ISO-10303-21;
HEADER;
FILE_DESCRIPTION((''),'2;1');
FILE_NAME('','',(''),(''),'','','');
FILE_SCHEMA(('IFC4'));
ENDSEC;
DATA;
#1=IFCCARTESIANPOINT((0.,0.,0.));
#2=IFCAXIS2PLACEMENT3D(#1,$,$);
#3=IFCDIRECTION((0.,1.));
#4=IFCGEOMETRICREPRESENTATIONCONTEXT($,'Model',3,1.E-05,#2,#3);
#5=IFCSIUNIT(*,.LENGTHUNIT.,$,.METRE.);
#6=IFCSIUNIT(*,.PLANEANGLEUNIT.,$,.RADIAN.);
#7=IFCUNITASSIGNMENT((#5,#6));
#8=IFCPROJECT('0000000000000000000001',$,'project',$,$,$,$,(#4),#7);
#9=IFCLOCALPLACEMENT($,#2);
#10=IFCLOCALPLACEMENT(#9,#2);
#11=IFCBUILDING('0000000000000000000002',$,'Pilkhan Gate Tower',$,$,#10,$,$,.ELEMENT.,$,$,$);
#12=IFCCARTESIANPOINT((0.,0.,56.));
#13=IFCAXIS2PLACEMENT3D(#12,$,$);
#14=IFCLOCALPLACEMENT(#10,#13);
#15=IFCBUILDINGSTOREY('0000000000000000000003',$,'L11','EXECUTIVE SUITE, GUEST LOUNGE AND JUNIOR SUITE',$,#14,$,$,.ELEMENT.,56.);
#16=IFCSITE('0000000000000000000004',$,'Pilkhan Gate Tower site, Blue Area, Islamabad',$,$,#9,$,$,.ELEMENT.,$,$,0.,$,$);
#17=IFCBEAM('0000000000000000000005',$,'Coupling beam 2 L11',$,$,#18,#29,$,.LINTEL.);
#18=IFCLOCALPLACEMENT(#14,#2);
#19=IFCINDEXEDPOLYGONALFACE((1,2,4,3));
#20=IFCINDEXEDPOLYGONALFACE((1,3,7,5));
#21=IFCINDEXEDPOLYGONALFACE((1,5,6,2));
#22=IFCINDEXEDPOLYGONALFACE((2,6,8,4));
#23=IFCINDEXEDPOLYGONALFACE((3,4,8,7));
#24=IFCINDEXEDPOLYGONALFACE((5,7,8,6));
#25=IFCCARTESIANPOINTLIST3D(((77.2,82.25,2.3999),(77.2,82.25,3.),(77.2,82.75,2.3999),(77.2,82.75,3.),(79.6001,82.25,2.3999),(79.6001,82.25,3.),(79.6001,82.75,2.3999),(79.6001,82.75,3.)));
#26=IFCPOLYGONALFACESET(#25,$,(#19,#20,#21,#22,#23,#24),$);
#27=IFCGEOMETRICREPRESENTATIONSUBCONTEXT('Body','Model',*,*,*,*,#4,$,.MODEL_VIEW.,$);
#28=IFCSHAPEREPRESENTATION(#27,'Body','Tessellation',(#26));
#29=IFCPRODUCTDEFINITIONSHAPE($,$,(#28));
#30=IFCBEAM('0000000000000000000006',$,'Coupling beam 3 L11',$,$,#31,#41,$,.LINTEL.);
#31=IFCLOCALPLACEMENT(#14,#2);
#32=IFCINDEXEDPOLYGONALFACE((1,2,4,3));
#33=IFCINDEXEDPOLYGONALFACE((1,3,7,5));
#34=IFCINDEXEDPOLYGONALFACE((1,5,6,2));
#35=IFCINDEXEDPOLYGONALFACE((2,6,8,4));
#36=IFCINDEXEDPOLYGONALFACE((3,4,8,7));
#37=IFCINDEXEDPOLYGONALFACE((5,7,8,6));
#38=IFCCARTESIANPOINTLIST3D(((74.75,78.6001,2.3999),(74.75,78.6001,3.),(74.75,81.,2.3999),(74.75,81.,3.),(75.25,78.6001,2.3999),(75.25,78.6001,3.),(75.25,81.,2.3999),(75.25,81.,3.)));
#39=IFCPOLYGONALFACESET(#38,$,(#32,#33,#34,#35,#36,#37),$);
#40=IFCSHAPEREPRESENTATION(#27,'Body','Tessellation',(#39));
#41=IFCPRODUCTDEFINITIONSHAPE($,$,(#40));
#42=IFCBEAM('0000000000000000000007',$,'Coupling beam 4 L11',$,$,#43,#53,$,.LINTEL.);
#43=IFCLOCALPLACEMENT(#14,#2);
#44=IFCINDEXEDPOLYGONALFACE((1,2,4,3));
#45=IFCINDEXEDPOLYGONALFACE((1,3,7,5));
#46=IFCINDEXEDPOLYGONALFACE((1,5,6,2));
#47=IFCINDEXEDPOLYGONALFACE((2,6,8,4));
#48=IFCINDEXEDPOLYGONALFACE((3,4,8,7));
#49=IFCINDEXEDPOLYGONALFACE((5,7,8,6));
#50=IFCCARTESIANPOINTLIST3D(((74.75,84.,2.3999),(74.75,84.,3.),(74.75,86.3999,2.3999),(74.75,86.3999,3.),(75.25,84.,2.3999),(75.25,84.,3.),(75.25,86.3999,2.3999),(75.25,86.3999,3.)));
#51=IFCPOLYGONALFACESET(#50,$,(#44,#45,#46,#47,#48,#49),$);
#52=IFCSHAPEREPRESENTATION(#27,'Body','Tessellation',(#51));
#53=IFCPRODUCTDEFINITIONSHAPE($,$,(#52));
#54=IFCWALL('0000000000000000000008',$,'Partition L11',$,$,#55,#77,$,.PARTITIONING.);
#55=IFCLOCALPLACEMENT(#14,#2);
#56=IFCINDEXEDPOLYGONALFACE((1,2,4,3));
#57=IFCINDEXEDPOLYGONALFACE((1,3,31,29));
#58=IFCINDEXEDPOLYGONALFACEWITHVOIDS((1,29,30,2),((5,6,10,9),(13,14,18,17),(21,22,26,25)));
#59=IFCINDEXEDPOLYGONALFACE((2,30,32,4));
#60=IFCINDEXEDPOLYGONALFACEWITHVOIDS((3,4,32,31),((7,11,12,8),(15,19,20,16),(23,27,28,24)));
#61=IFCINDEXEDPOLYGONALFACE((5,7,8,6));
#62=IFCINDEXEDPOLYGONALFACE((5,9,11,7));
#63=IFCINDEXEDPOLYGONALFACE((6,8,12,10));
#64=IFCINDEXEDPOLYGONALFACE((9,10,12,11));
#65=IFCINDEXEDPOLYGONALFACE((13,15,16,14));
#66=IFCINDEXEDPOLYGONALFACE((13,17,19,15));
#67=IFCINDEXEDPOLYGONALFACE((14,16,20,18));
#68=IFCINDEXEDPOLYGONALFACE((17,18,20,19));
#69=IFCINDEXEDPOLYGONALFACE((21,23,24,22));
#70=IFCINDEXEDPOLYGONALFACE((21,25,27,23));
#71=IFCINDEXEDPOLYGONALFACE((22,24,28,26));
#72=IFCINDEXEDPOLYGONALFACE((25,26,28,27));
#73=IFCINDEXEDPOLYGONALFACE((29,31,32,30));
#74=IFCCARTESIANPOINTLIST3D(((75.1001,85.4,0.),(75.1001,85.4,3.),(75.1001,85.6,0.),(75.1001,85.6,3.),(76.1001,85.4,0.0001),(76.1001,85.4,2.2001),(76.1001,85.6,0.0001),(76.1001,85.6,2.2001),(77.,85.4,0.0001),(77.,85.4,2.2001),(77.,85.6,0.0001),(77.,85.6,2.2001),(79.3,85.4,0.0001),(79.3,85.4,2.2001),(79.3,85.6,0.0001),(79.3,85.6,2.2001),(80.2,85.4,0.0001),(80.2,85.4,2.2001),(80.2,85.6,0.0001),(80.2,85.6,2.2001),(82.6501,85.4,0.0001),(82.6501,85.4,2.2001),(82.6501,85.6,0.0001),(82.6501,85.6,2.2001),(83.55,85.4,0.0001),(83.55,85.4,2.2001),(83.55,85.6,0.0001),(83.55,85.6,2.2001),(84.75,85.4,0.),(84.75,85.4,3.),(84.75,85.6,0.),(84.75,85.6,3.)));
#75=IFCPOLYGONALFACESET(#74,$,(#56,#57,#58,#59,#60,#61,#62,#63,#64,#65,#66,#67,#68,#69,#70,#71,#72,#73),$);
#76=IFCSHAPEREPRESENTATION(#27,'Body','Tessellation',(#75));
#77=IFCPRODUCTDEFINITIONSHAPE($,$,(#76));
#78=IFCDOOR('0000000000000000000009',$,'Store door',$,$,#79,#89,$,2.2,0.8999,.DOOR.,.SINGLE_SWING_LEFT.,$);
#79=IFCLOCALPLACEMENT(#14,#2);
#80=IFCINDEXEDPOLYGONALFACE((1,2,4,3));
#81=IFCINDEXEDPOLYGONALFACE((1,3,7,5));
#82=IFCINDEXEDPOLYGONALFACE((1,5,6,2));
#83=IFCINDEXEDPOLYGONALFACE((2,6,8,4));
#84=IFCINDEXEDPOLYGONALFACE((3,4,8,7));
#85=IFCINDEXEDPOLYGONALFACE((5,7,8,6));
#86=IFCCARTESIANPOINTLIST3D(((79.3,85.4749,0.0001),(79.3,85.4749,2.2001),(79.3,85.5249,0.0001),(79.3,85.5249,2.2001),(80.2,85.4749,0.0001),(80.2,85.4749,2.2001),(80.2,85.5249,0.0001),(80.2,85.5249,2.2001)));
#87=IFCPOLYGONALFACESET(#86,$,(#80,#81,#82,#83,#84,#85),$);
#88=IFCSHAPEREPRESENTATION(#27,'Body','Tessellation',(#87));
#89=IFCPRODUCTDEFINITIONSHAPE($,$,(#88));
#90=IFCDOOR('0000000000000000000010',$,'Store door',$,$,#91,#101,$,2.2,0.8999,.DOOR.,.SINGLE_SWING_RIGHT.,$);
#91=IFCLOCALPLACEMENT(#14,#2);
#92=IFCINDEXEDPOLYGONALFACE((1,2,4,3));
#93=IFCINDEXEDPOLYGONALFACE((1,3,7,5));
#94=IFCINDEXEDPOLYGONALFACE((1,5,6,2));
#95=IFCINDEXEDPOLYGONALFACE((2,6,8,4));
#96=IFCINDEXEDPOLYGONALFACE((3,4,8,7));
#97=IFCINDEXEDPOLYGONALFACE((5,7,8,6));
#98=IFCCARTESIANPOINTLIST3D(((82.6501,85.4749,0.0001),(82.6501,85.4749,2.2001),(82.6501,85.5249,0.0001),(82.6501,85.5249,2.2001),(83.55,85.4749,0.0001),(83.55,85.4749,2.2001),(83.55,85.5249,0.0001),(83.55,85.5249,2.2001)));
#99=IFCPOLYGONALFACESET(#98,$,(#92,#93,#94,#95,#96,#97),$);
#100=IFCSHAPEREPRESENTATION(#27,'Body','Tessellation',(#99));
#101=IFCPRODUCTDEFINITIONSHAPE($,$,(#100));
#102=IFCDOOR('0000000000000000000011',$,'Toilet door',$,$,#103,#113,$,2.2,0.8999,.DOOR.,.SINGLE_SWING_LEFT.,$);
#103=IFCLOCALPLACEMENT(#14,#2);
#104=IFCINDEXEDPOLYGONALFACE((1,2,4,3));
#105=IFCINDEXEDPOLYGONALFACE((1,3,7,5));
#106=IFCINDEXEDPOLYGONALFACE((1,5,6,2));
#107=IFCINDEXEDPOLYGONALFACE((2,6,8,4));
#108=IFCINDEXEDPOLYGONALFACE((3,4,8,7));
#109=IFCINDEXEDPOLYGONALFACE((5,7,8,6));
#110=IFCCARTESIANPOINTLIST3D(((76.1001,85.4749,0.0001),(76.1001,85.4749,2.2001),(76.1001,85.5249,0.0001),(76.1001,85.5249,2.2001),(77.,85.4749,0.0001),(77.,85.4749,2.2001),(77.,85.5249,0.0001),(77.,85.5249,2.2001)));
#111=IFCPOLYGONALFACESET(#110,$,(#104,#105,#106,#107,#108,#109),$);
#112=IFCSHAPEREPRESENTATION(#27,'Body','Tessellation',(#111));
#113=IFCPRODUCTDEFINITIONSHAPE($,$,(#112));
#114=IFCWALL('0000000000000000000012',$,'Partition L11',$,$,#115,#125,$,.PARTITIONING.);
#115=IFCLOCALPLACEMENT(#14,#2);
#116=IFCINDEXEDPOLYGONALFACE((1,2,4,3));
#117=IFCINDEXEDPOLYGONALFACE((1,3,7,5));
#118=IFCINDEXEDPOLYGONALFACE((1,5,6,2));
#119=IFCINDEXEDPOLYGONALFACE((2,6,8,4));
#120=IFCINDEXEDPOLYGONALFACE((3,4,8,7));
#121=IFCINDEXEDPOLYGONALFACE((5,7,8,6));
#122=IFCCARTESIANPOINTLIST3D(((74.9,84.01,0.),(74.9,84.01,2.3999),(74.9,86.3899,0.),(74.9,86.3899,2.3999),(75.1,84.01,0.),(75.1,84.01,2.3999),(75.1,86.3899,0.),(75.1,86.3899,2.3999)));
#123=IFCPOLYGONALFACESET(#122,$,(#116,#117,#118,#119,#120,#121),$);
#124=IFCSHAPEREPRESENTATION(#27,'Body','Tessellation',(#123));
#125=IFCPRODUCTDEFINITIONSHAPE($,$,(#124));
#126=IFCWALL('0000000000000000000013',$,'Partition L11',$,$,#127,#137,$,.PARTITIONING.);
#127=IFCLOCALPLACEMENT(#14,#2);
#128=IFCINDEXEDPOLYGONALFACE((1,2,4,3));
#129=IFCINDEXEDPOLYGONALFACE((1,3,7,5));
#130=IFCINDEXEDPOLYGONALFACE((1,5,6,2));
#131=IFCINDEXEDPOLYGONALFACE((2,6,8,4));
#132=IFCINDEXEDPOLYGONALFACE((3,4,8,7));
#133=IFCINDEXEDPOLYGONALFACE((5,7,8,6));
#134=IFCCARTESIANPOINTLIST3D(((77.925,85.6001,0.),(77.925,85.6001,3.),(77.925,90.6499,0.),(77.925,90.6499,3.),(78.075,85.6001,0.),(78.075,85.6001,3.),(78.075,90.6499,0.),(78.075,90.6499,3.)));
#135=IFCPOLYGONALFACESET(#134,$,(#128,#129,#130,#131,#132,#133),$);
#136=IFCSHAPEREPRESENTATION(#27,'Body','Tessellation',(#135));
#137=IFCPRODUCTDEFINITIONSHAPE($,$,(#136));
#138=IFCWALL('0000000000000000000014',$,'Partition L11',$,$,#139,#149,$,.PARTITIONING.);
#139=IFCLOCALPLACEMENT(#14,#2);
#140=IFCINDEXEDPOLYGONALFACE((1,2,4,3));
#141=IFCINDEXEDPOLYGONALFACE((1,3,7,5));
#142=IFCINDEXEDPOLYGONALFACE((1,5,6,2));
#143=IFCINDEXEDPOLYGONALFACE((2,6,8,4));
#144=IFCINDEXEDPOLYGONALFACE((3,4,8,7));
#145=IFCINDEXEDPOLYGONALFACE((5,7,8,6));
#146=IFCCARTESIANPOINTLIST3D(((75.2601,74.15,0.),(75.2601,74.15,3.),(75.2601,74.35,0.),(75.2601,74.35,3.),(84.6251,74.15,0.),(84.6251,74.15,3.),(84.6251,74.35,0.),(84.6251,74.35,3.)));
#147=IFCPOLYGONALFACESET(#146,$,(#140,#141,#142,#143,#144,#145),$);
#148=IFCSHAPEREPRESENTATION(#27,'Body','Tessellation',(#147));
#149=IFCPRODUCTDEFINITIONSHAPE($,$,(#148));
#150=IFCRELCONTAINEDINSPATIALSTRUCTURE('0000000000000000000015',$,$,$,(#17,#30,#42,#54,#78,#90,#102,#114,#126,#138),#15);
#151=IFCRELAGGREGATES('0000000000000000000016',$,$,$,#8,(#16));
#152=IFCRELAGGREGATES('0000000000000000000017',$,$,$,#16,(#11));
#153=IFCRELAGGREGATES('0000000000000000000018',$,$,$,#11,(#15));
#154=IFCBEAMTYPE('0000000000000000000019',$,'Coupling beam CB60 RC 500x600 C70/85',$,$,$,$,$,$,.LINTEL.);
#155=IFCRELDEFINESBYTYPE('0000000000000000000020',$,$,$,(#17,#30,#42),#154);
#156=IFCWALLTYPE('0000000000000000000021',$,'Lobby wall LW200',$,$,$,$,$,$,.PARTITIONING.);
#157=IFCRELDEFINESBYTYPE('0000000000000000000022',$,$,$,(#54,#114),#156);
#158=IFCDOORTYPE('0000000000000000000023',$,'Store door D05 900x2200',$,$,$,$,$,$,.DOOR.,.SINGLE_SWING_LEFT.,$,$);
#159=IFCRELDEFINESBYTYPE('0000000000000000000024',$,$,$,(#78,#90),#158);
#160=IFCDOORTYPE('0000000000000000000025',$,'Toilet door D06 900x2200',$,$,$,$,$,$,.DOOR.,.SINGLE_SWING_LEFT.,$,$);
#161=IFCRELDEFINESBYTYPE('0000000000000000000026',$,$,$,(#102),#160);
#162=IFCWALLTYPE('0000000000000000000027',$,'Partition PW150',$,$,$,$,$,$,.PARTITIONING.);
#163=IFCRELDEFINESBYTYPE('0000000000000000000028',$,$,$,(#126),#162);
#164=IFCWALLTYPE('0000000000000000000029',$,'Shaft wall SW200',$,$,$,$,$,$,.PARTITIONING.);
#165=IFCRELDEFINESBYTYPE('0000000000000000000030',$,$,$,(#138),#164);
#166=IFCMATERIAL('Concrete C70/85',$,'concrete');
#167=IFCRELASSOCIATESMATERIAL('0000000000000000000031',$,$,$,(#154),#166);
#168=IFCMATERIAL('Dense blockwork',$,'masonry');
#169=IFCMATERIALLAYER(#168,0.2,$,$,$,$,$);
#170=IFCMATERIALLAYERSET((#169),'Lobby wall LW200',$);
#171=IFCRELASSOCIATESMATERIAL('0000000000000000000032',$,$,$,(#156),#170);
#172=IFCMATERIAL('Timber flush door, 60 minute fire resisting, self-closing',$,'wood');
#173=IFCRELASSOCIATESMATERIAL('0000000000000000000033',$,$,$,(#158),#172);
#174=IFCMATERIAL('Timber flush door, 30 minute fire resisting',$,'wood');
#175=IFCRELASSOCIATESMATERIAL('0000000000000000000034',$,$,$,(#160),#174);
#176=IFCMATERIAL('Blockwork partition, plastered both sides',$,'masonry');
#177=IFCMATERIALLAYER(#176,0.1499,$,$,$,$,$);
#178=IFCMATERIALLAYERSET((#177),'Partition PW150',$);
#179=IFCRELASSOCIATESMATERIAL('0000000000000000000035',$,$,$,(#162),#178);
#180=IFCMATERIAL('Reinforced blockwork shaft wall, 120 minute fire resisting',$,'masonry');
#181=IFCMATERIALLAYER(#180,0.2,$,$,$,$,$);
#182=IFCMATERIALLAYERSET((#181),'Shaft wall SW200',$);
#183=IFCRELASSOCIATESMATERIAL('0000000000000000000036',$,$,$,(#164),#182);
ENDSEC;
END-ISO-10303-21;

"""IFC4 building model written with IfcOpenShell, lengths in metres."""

from ifc_helpers import new_model, si_unit, direction, frame, frame_2d, origin, origin_2d, place, context, subcontext, project, spatial, rectangle, extrude, material, layer, layer_set, material_profile, profile_set, type_object, element, fill, save


model = new_model("IFC4")

# Units and contexts
model_context = context("Model", 3, precision=1e-05, world=origin(), true_north=direction((0.0, 1.0)))
body_context = subcontext(model_context, "Body", "Model", "MODEL_VIEW")
ifc_project = project(units=[si_unit("LENGTHUNIT", "METRE"), si_unit("PLANEANGLEUNIT", "RADIAN")], contexts=[model_context])

# Site, building, storey
site_placement = place(None, origin())
site = spatial("IfcSite", under=ifc_project, at=site_placement, Name="Pilkhan Gate Tower site, Blue Area, Islamabad", CompositionType="ELEMENT", RefElevation=0.0)
building_placement = place(site_placement, origin())
building = spatial("IfcBuilding", under=site, at=building_placement, Name="Pilkhan Gate Tower", CompositionType="ELEMENT")
storey_placement = place(building_placement, frame((0.0, 0.0, 56.0)))
storey = spatial("IfcBuildingStorey", under=building, at=storey_placement, Name="L11", Description="EXECUTIVE SUITE, GUEST LOUNGE AND JUNIOR SUITE", CompositionType="ELEMENT", Elevation=56.0)

# Beams
ifc_material_1 = material(Name="Concrete C70/85", Category="concrete")
ifc_material_profile = material_profile(ifc_material_1, rectangle(XDim=0.5, YDim=0.6001, at=origin_2d()), Name="RC 500x600")
ifc_profile_set = profile_set([ifc_material_profile], Name="Concrete C70/85")
beam_type = type_object("IfcBeamType", Name="Coupling beam CB60 RC 500x600 C70/85", PredefinedType="LINTEL", material=ifc_profile_set)
beam_placement = place(storey_placement, frame((77.2, 82.5, 2.7), z_axis=(1.0, 0.0, 0.0), x_axis=(0.0, 1.0, 0.0)))
element("IfcBeam", 1, at=beam_placement, inside=storey, type_object=beam_type, Name="Coupling beam 2 L11", PredefinedType="LINTEL", context=body_context, shape_type="SweptSolid", body=[
    extrude(rectangle(XDim=0.5, YDim=0.6001, at=origin_2d()), origin(), (0.0, 0.0, 1.0), 2.4001),
])
for number, where, z_axis, x_axis, name in (
    (2, (75.0, 78.6001, 2.7), (0.0, 1.0, 0.0), (-1.0, 0.0, 0.0), "Coupling beam 3 L11"),
    (3, (75.0, 84.0, 2.7), (0.0, 1.0, 0.0), (-1.0, 0.0, 0.0), "Coupling beam 4 L11"),
):
    element("IfcBeam", number, at=place(storey_placement, frame(where, z_axis=z_axis, x_axis=x_axis)), inside=storey, type_object=beam_type, Name=name, PredefinedType="LINTEL", context=body_context, shape_type="SweptSolid", body=[
        extrude(rectangle(XDim=0.5, YDim=0.6001, at=origin_2d()), origin(), (0.0, 0.0, 1.0), 2.3999),
    ])

# Wall, openings, doors
ifc_material_2 = material(Name="Dense blockwork", Category="masonry")
ifc_layer_1 = layer(ifc_material_2, 0.2)
ifc_layer_set_1 = layer_set([ifc_layer_1], Name="Lobby wall LW200")
wall_type_1 = type_object("IfcWallType", Name="Lobby wall LW200", PredefinedType="PARTITIONING", material=ifc_layer_set_1)
wall_1_placement = place(storey_placement, frame((75.1001, 85.5, 0.0), z_axis=(0.0, 0.0, 1.0), x_axis=(1.0, 0.0, 0.0)))
wall_1 = element("IfcWall", 4, at=wall_1_placement, inside=storey, type_object=wall_type_1, Name="Partition L11", PredefinedType="PARTITIONING", context=body_context, shape_type="SweptSolid", body=[
    extrude(rectangle(XDim=9.6499, YDim=0.2, at=frame_2d((4.825, 0.0))), origin(), (0.0, 0.0, 1.0), 3.0),
])
opening_1_placement = place(wall_1_placement, frame((1.0, 0.0, 0.0)))
opening_1 = element("IfcOpeningElement", 5, at=opening_1_placement, cuts=wall_1, PredefinedType="OPENING", context=body_context, shape_type="SweptSolid", body=[
    extrude(rectangle(XDim=0.8999, YDim=2.2, at=frame_2d((0.45, 1.1001))), frame((0.0, 0.1099, 0.0), z_axis=(0.0, -1.0, 0.0), x_axis=(1.0, 0.0, 0.0)), (0.0, 0.0, 1.0), 0.22),
])
opening_2_placement = place(wall_1_placement, frame((4.2, 0.0, 0.0)))
opening_2 = element("IfcOpeningElement", 6, at=opening_2_placement, cuts=wall_1, PredefinedType="OPENING", context=body_context, shape_type="SweptSolid", body=[
    extrude(rectangle(XDim=0.8999, YDim=2.2, at=frame_2d((0.45, 1.1001))), frame((0.0, 0.1099, 0.0), z_axis=(0.0, -1.0, 0.0), x_axis=(1.0, 0.0, 0.0)), (0.0, 0.0, 1.0), 0.22),
])
opening_3_placement = place(wall_1_placement, frame((7.55, 0.0, 0.0)))
opening_3 = element("IfcOpeningElement", 7, at=opening_3_placement, cuts=wall_1, PredefinedType="OPENING", context=body_context, shape_type="SweptSolid", body=[
    extrude(rectangle(XDim=0.8999, YDim=2.2, at=frame_2d((0.45, 1.1001))), frame((0.0, 0.1099, 0.0), z_axis=(0.0, -1.0, 0.0), x_axis=(1.0, 0.0, 0.0)), (0.0, 0.0, 1.0), 0.22),
])
ifc_material_3 = material(Name="Timber flush door, 60 minute fire resisting, self-closing", Category="wood")
door_type_1 = type_object("IfcDoorType", Name="Store door D05 900x2200", OperationType="SINGLE_SWING_LEFT", PredefinedType="DOOR", material=ifc_material_3)
door_1_placement = place(opening_2_placement, origin())
door_1 = element("IfcDoor", 8, at=door_1_placement, inside=storey, type_object=door_type_1, Name="Store door", OperationType="SINGLE_SWING_LEFT", OverallHeight=2.2, OverallWidth=0.8999, PredefinedType="DOOR", context=body_context, shape_type="SweptSolid", body=[
    extrude(rectangle(XDim=0.8999, YDim=2.2, at=frame_2d((0.45, 1.1001))), frame((0.0, 0.0249, 0.0), z_axis=(0.0, -1.0, 0.0), x_axis=(1.0, 0.0, 0.0)), (0.0, 0.0, 1.0), 0.05),
])
fill(opening_2, door_1)
door_2_placement = place(opening_3_placement, origin())
door_2 = element("IfcDoor", 9, at=door_2_placement, inside=storey, type_object=door_type_1, Name="Store door", OperationType="SINGLE_SWING_RIGHT", OverallHeight=2.2, OverallWidth=0.8999, PredefinedType="DOOR", context=body_context, shape_type="SweptSolid", body=[
    extrude(rectangle(XDim=0.8999, YDim=2.2, at=frame_2d((0.45, 1.1001))), frame((0.0, 0.0249, 0.0), z_axis=(0.0, -1.0, 0.0), x_axis=(1.0, 0.0, 0.0)), (0.0, 0.0, 1.0), 0.05),
])
fill(opening_3, door_2)
ifc_material_4 = material(Name="Timber flush door, 30 minute fire resisting", Category="wood")
door_type_2 = type_object("IfcDoorType", Name="Toilet door D06 900x2200", OperationType="SINGLE_SWING_LEFT", PredefinedType="DOOR", material=ifc_material_4)
door_3_placement = place(opening_1_placement, origin())
door_3 = element("IfcDoor", 10, at=door_3_placement, inside=storey, type_object=door_type_2, Name="Toilet door", OperationType="SINGLE_SWING_LEFT", OverallHeight=2.2, OverallWidth=0.8999, PredefinedType="DOOR", context=body_context, shape_type="SweptSolid", body=[
    extrude(rectangle(XDim=0.8999, YDim=2.2, at=frame_2d((0.45, 1.1001))), frame((0.0, 0.0249, 0.0), z_axis=(0.0, -1.0, 0.0), x_axis=(1.0, 0.0, 0.0)), (0.0, 0.0, 1.0), 0.05),
])
fill(opening_1, door_3)

# Walls
wall_2_placement = place(storey_placement, frame((75.0, 84.01, 0.0), z_axis=(0.0, 0.0, 1.0), x_axis=(0.0, 1.0, 0.0)))
element("IfcWall", 11, at=wall_2_placement, inside=storey, type_object=wall_type_1, Name="Partition L11", PredefinedType="PARTITIONING", context=body_context, shape_type="SweptSolid", body=[
    extrude(rectangle(XDim=2.3799, YDim=0.2, at=frame_2d((1.1899, 0.0))), origin(), (0.0, 0.0, 1.0), 2.3999),
])
ifc_material_5 = material(Name="Blockwork partition, plastered both sides", Category="masonry")
ifc_layer_2 = layer(ifc_material_5, 0.1499)
ifc_layer_set_2 = layer_set([ifc_layer_2], Name="Partition PW150")
wall_type_2 = type_object("IfcWallType", Name="Partition PW150", PredefinedType="PARTITIONING", material=ifc_layer_set_2)
wall_3_placement = place(storey_placement, frame((78.0, 85.6001, 0.0), z_axis=(0.0, 0.0, 1.0), x_axis=(0.0, 1.0, 0.0)))
element("IfcWall", 12, at=wall_3_placement, inside=storey, type_object=wall_type_2, Name="Partition L11", PredefinedType="PARTITIONING", context=body_context, shape_type="SweptSolid", body=[
    extrude(rectangle(XDim=5.0498, YDim=0.1499, at=frame_2d((2.5249, 0.0))), origin(), (0.0, 0.0, 1.0), 3.0),
])
ifc_material_6 = material(Name="Reinforced blockwork shaft wall, 120 minute fire resisting", Category="masonry")
ifc_layer_3 = layer(ifc_material_6, 0.2)
ifc_layer_set_3 = layer_set([ifc_layer_3], Name="Shaft wall SW200")
wall_type_3 = type_object("IfcWallType", Name="Shaft wall SW200", PredefinedType="PARTITIONING", material=ifc_layer_set_3)
wall_4_placement = place(storey_placement, frame((75.26, 74.25, 0.0), z_axis=(0.0, 0.0, 1.0), x_axis=(1.0, 0.0, 0.0)))
element("IfcWall", 13, at=wall_4_placement, inside=storey, type_object=wall_type_3, Name="Partition L11", PredefinedType="PARTITIONING", context=body_context, shape_type="SweptSolid", body=[
    extrude(rectangle(XDim=9.365, YDim=0.2, at=frame_2d((4.6826, 0.0))), origin(), (0.0, 0.0, 1.0), 3.0),
])

save(model, "model.ifc")
